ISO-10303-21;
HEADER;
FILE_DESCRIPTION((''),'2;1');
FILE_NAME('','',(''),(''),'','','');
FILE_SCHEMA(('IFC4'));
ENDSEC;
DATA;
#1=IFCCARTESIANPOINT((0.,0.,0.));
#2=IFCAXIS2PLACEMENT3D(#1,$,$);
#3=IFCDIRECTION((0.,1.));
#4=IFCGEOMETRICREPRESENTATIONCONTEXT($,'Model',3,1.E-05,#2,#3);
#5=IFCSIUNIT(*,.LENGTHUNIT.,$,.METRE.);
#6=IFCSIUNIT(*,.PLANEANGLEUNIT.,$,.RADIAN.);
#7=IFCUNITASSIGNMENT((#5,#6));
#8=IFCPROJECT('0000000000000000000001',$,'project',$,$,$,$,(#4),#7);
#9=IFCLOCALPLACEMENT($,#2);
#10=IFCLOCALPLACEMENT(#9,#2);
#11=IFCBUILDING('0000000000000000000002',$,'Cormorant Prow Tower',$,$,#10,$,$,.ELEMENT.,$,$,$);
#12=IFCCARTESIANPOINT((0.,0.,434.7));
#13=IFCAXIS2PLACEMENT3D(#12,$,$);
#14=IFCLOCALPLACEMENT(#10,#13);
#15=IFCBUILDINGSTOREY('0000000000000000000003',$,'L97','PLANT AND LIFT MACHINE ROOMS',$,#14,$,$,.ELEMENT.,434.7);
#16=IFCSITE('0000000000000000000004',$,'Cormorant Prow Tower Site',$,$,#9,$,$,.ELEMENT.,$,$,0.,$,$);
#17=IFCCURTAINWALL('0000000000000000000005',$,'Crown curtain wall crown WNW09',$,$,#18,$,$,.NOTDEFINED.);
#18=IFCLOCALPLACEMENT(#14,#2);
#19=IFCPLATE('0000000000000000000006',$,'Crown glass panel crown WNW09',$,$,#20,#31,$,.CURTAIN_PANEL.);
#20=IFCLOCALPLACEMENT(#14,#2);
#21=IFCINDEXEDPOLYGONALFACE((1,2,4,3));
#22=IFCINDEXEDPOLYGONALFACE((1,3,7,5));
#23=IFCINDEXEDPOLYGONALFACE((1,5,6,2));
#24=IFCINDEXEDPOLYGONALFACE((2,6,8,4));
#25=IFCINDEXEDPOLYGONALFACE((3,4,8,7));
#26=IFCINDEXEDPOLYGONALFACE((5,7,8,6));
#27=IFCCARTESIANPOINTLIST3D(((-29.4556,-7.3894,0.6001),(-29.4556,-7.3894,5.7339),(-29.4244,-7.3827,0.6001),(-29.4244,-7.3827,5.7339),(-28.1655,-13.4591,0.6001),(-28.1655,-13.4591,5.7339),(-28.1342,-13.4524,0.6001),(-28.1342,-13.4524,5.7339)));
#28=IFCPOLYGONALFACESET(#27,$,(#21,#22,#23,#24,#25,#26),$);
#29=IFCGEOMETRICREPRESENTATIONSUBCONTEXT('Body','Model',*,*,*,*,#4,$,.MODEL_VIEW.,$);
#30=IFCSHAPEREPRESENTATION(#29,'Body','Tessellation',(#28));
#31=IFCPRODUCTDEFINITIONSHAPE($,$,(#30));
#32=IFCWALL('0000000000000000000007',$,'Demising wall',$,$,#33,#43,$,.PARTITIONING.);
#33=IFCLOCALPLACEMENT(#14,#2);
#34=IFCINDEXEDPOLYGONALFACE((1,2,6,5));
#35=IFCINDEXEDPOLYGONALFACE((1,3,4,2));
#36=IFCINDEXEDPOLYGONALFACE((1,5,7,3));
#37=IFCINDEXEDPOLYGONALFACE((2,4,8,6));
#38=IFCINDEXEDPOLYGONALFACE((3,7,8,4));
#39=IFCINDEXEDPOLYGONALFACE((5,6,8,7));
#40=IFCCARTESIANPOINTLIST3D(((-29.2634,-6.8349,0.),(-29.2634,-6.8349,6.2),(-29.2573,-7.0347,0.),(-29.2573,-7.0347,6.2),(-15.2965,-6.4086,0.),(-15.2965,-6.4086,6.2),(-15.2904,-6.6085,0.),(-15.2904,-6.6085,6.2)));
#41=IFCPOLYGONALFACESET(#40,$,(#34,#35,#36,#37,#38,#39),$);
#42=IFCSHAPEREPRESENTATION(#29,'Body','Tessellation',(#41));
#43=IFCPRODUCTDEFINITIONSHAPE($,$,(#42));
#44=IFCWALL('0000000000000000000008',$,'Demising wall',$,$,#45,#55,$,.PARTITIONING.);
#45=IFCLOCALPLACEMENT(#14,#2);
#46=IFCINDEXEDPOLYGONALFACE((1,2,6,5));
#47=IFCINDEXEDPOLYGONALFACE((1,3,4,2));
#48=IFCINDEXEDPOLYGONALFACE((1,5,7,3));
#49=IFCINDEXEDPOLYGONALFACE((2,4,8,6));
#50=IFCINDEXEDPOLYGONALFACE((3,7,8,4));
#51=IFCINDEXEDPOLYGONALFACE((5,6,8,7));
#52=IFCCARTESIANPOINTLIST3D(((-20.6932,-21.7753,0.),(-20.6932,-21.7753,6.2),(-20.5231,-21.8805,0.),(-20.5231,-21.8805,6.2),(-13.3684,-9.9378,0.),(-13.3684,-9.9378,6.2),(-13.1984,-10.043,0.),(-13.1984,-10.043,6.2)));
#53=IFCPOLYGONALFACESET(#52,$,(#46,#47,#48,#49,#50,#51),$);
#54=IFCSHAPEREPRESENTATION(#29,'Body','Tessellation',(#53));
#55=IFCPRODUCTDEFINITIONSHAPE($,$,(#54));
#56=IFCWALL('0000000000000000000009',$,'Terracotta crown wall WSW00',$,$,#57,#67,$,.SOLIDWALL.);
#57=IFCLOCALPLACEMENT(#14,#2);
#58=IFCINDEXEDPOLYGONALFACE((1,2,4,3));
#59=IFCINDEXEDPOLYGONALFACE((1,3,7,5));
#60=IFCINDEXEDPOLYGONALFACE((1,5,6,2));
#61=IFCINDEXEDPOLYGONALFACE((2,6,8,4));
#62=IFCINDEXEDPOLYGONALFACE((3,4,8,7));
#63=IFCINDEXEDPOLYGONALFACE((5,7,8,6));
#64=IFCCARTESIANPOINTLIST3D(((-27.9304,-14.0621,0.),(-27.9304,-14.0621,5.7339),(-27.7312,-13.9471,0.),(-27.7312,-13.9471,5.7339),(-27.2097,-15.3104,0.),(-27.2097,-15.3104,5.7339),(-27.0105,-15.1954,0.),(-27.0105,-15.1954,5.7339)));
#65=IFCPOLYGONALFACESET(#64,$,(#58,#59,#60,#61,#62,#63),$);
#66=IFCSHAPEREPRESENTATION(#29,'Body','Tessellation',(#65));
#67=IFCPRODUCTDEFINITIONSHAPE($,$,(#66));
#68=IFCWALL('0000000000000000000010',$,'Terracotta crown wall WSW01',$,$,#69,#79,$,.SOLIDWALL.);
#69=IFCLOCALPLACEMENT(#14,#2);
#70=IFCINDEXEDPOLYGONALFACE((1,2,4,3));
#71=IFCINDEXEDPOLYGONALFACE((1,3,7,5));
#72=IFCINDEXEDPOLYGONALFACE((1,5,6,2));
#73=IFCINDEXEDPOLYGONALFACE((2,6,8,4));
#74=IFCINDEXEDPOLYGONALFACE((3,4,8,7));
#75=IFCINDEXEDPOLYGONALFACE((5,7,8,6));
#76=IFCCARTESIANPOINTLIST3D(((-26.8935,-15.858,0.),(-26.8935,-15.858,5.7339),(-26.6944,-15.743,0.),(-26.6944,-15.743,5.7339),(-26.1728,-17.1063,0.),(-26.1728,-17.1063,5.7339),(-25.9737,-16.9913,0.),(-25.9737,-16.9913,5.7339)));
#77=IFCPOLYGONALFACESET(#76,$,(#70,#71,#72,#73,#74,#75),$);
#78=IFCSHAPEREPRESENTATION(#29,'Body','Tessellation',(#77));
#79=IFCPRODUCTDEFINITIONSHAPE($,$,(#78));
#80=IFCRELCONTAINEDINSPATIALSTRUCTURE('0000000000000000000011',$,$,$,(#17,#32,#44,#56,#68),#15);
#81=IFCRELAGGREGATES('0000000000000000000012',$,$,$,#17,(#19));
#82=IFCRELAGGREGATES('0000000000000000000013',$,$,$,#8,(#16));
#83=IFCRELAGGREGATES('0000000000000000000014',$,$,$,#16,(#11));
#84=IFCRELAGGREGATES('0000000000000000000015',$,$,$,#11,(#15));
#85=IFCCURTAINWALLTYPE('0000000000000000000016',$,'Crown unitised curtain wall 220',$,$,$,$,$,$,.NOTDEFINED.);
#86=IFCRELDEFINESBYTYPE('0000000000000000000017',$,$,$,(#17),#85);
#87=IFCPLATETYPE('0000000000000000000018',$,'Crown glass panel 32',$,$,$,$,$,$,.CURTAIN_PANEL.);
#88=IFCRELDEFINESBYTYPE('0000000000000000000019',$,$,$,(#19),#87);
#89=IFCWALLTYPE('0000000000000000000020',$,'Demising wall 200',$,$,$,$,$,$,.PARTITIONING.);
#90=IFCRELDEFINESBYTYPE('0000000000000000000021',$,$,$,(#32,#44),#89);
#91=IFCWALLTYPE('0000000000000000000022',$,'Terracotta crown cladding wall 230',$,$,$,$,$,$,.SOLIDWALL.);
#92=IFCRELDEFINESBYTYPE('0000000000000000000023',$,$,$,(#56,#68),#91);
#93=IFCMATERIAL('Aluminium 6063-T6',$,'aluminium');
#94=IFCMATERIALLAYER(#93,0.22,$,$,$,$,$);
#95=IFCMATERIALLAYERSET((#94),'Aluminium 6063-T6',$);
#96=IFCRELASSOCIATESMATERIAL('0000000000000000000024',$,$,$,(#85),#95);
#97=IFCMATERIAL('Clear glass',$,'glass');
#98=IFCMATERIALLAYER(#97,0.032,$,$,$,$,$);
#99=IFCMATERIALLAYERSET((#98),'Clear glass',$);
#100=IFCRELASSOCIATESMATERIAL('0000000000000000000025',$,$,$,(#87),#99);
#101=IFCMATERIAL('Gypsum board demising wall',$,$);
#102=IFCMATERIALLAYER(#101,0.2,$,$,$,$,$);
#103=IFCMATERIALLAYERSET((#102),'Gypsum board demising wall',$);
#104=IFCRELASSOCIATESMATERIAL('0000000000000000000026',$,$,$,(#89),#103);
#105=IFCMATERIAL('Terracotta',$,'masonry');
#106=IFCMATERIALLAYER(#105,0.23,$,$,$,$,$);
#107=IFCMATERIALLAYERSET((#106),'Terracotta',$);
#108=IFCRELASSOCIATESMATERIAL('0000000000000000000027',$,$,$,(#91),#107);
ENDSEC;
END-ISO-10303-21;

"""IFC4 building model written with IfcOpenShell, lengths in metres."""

from ifc_helpers import new_model, si_unit, direction, frame, frame_2d, origin, origin_2d, place, context, subcontext, project, spatial, rectangle, extrude, material, layer, layer_set, type_object, element, aggregate, save


model = new_model("IFC4")

# Units and contexts
model_context = context("Model", 3, precision=1e-05, world=origin(), true_north=direction((0.0, 1.0)))
body_context = subcontext(model_context, "Body", "Model", "MODEL_VIEW")
ifc_project = project(units=[si_unit("LENGTHUNIT", "METRE"), si_unit("PLANEANGLEUNIT", "RADIAN")], contexts=[model_context])

# Site, building, storey
site_placement = place(None, origin())
site = spatial("IfcSite", under=ifc_project, at=site_placement, Name="Cormorant Prow Tower Site", CompositionType="ELEMENT", RefElevation=0.0)
building_placement = place(site_placement, origin())
building = spatial("IfcBuilding", under=site, at=building_placement, Name="Cormorant Prow Tower", CompositionType="ELEMENT")
storey_placement = place(building_placement, frame((0.0, 0.0, 434.7)))
storey = spatial("IfcBuildingStorey", under=building, at=storey_placement, Name="L97", Description="PLANT AND LIFT MACHINE ROOMS", CompositionType="ELEMENT", Elevation=434.7)

# Curtain wall
ifc_material_1 = material(Name="Aluminium 6063-T6", Category="aluminium")
ifc_layer_1 = layer(ifc_material_1, 0.22)
ifc_layer_set_1 = layer_set([ifc_layer_1], Name="Aluminium 6063-T6")
curtain_wall_type = type_object("IfcCurtainWallType", Name="Crown unitised curtain wall 220", PredefinedType="NOTDEFINED", material=ifc_layer_set_1)
curtain_wall_1_placement = place(storey_placement, origin())
curtain_wall_1 = element("IfcCurtainWall", 1, at=curtain_wall_1_placement, inside=storey, type_object=curtain_wall_type, Name="Crown curtain wall crown WNW09", PredefinedType="NOTDEFINED")

# Plate
ifc_material_2 = material(Name="Clear glass", Category="glass")
ifc_layer_2 = layer(ifc_material_2, 0.032)
ifc_layer_set_2 = layer_set([ifc_layer_2], Name="Clear glass")
plate_type = type_object("IfcPlateType", Name="Crown glass panel 32", PredefinedType="CURTAIN_PANEL", material=ifc_layer_set_2)
plate_1_placement = place(storey_placement, frame((-28.7949, -10.4209, 0.6001), z_axis=(0.0, 0.0, 1.0), x_axis=(0.207912, -0.978148, 0.0)))
plate_1 = element("IfcPlate", 2, at=plate_1_placement, type_object=plate_type, Name="Crown glass panel crown WNW09", PredefinedType="CURTAIN_PANEL", context=body_context, shape_type="SweptSolid", body=[
    extrude(rectangle(XDim=6.2053, YDim=0.032, at=origin_2d()), origin(), (0.0, 0.0, 1.0), 5.1338),
])
aggregate(curtain_wall_1, [plate_1])

# Walls
ifc_material_3 = material(Name="Gypsum board demising wall")
ifc_layer_3 = layer(ifc_material_3, 0.2)
ifc_layer_set_3 = layer_set([ifc_layer_3], Name="Gypsum board demising wall")
wall_type_1 = type_object("IfcWallType", Name="Demising wall 200", PredefinedType="PARTITIONING", material=ifc_layer_set_3)
wall_1_placement = place(storey_placement, frame((-29.2605, -6.9348, 0.0), z_axis=(0.0, 0.0, 1.0), x_axis=(0.999535, 0.030506, 0.0)))
element("IfcWall", 3, at=wall_1_placement, inside=storey, type_object=wall_type_1, Name="Demising wall", PredefinedType="PARTITIONING", context=body_context, shape_type="SweptSolid", body=[
    extrude(rectangle(XDim=13.9734, YDim=0.2, at=frame_2d((6.9868, 0.0))), origin(), (0.0, 0.0, 1.0), 6.2),
])
wall_2_placement = place(storey_placement, frame((-20.6082, -21.8279, 0.0), z_axis=(0.0, 0.0, 1.0), x_axis=(0.526188, 0.850368, 0.0)))
element("IfcWall", 4, at=wall_2_placement, inside=storey, type_object=wall_type_1, Name="Demising wall", PredefinedType="PARTITIONING", context=body_context, shape_type="SweptSolid", body=[
    extrude(rectangle(XDim=13.9204, YDim=0.2, at=frame_2d((6.9602, 0.0))), origin(), (0.0, 0.0, 1.0), 6.2),
])
ifc_material_4 = material(Name="Terracotta", Category="masonry")
ifc_layer_4 = layer(ifc_material_4, 0.23)
ifc_layer_set_4 = layer_set([ifc_layer_4], Name="Terracotta")
wall_type_2 = type_object("IfcWallType", Name="Terracotta crown cladding wall 230", PredefinedType="SOLIDWALL", material=ifc_layer_set_4)
for number, where, z_axis, x_axis, name in (
    (5, (-27.8308, -14.0046, 0.0), (0.0, 0.0, 1.0), (0.500001, -0.866025, 0.0), "Terracotta crown wall WSW00"),
    (6, (-26.7939, -15.8005, 0.0), (0.0, 0.0, 1.0), (0.500001, -0.866025, 0.0), "Terracotta crown wall WSW01"),
):
    element("IfcWall", number, at=place(storey_placement, frame(where, z_axis=z_axis, x_axis=x_axis)), inside=storey, type_object=wall_type_2, Name=name, PredefinedType="SOLIDWALL", context=body_context, shape_type="SweptSolid", body=[
        extrude(rectangle(XDim=1.4414, YDim=0.23, at=frame_2d((0.7207, 0.0))), origin(), (0.0, 0.0, 1.0), 5.7339),
    ])

save(model, "model.ifc")
